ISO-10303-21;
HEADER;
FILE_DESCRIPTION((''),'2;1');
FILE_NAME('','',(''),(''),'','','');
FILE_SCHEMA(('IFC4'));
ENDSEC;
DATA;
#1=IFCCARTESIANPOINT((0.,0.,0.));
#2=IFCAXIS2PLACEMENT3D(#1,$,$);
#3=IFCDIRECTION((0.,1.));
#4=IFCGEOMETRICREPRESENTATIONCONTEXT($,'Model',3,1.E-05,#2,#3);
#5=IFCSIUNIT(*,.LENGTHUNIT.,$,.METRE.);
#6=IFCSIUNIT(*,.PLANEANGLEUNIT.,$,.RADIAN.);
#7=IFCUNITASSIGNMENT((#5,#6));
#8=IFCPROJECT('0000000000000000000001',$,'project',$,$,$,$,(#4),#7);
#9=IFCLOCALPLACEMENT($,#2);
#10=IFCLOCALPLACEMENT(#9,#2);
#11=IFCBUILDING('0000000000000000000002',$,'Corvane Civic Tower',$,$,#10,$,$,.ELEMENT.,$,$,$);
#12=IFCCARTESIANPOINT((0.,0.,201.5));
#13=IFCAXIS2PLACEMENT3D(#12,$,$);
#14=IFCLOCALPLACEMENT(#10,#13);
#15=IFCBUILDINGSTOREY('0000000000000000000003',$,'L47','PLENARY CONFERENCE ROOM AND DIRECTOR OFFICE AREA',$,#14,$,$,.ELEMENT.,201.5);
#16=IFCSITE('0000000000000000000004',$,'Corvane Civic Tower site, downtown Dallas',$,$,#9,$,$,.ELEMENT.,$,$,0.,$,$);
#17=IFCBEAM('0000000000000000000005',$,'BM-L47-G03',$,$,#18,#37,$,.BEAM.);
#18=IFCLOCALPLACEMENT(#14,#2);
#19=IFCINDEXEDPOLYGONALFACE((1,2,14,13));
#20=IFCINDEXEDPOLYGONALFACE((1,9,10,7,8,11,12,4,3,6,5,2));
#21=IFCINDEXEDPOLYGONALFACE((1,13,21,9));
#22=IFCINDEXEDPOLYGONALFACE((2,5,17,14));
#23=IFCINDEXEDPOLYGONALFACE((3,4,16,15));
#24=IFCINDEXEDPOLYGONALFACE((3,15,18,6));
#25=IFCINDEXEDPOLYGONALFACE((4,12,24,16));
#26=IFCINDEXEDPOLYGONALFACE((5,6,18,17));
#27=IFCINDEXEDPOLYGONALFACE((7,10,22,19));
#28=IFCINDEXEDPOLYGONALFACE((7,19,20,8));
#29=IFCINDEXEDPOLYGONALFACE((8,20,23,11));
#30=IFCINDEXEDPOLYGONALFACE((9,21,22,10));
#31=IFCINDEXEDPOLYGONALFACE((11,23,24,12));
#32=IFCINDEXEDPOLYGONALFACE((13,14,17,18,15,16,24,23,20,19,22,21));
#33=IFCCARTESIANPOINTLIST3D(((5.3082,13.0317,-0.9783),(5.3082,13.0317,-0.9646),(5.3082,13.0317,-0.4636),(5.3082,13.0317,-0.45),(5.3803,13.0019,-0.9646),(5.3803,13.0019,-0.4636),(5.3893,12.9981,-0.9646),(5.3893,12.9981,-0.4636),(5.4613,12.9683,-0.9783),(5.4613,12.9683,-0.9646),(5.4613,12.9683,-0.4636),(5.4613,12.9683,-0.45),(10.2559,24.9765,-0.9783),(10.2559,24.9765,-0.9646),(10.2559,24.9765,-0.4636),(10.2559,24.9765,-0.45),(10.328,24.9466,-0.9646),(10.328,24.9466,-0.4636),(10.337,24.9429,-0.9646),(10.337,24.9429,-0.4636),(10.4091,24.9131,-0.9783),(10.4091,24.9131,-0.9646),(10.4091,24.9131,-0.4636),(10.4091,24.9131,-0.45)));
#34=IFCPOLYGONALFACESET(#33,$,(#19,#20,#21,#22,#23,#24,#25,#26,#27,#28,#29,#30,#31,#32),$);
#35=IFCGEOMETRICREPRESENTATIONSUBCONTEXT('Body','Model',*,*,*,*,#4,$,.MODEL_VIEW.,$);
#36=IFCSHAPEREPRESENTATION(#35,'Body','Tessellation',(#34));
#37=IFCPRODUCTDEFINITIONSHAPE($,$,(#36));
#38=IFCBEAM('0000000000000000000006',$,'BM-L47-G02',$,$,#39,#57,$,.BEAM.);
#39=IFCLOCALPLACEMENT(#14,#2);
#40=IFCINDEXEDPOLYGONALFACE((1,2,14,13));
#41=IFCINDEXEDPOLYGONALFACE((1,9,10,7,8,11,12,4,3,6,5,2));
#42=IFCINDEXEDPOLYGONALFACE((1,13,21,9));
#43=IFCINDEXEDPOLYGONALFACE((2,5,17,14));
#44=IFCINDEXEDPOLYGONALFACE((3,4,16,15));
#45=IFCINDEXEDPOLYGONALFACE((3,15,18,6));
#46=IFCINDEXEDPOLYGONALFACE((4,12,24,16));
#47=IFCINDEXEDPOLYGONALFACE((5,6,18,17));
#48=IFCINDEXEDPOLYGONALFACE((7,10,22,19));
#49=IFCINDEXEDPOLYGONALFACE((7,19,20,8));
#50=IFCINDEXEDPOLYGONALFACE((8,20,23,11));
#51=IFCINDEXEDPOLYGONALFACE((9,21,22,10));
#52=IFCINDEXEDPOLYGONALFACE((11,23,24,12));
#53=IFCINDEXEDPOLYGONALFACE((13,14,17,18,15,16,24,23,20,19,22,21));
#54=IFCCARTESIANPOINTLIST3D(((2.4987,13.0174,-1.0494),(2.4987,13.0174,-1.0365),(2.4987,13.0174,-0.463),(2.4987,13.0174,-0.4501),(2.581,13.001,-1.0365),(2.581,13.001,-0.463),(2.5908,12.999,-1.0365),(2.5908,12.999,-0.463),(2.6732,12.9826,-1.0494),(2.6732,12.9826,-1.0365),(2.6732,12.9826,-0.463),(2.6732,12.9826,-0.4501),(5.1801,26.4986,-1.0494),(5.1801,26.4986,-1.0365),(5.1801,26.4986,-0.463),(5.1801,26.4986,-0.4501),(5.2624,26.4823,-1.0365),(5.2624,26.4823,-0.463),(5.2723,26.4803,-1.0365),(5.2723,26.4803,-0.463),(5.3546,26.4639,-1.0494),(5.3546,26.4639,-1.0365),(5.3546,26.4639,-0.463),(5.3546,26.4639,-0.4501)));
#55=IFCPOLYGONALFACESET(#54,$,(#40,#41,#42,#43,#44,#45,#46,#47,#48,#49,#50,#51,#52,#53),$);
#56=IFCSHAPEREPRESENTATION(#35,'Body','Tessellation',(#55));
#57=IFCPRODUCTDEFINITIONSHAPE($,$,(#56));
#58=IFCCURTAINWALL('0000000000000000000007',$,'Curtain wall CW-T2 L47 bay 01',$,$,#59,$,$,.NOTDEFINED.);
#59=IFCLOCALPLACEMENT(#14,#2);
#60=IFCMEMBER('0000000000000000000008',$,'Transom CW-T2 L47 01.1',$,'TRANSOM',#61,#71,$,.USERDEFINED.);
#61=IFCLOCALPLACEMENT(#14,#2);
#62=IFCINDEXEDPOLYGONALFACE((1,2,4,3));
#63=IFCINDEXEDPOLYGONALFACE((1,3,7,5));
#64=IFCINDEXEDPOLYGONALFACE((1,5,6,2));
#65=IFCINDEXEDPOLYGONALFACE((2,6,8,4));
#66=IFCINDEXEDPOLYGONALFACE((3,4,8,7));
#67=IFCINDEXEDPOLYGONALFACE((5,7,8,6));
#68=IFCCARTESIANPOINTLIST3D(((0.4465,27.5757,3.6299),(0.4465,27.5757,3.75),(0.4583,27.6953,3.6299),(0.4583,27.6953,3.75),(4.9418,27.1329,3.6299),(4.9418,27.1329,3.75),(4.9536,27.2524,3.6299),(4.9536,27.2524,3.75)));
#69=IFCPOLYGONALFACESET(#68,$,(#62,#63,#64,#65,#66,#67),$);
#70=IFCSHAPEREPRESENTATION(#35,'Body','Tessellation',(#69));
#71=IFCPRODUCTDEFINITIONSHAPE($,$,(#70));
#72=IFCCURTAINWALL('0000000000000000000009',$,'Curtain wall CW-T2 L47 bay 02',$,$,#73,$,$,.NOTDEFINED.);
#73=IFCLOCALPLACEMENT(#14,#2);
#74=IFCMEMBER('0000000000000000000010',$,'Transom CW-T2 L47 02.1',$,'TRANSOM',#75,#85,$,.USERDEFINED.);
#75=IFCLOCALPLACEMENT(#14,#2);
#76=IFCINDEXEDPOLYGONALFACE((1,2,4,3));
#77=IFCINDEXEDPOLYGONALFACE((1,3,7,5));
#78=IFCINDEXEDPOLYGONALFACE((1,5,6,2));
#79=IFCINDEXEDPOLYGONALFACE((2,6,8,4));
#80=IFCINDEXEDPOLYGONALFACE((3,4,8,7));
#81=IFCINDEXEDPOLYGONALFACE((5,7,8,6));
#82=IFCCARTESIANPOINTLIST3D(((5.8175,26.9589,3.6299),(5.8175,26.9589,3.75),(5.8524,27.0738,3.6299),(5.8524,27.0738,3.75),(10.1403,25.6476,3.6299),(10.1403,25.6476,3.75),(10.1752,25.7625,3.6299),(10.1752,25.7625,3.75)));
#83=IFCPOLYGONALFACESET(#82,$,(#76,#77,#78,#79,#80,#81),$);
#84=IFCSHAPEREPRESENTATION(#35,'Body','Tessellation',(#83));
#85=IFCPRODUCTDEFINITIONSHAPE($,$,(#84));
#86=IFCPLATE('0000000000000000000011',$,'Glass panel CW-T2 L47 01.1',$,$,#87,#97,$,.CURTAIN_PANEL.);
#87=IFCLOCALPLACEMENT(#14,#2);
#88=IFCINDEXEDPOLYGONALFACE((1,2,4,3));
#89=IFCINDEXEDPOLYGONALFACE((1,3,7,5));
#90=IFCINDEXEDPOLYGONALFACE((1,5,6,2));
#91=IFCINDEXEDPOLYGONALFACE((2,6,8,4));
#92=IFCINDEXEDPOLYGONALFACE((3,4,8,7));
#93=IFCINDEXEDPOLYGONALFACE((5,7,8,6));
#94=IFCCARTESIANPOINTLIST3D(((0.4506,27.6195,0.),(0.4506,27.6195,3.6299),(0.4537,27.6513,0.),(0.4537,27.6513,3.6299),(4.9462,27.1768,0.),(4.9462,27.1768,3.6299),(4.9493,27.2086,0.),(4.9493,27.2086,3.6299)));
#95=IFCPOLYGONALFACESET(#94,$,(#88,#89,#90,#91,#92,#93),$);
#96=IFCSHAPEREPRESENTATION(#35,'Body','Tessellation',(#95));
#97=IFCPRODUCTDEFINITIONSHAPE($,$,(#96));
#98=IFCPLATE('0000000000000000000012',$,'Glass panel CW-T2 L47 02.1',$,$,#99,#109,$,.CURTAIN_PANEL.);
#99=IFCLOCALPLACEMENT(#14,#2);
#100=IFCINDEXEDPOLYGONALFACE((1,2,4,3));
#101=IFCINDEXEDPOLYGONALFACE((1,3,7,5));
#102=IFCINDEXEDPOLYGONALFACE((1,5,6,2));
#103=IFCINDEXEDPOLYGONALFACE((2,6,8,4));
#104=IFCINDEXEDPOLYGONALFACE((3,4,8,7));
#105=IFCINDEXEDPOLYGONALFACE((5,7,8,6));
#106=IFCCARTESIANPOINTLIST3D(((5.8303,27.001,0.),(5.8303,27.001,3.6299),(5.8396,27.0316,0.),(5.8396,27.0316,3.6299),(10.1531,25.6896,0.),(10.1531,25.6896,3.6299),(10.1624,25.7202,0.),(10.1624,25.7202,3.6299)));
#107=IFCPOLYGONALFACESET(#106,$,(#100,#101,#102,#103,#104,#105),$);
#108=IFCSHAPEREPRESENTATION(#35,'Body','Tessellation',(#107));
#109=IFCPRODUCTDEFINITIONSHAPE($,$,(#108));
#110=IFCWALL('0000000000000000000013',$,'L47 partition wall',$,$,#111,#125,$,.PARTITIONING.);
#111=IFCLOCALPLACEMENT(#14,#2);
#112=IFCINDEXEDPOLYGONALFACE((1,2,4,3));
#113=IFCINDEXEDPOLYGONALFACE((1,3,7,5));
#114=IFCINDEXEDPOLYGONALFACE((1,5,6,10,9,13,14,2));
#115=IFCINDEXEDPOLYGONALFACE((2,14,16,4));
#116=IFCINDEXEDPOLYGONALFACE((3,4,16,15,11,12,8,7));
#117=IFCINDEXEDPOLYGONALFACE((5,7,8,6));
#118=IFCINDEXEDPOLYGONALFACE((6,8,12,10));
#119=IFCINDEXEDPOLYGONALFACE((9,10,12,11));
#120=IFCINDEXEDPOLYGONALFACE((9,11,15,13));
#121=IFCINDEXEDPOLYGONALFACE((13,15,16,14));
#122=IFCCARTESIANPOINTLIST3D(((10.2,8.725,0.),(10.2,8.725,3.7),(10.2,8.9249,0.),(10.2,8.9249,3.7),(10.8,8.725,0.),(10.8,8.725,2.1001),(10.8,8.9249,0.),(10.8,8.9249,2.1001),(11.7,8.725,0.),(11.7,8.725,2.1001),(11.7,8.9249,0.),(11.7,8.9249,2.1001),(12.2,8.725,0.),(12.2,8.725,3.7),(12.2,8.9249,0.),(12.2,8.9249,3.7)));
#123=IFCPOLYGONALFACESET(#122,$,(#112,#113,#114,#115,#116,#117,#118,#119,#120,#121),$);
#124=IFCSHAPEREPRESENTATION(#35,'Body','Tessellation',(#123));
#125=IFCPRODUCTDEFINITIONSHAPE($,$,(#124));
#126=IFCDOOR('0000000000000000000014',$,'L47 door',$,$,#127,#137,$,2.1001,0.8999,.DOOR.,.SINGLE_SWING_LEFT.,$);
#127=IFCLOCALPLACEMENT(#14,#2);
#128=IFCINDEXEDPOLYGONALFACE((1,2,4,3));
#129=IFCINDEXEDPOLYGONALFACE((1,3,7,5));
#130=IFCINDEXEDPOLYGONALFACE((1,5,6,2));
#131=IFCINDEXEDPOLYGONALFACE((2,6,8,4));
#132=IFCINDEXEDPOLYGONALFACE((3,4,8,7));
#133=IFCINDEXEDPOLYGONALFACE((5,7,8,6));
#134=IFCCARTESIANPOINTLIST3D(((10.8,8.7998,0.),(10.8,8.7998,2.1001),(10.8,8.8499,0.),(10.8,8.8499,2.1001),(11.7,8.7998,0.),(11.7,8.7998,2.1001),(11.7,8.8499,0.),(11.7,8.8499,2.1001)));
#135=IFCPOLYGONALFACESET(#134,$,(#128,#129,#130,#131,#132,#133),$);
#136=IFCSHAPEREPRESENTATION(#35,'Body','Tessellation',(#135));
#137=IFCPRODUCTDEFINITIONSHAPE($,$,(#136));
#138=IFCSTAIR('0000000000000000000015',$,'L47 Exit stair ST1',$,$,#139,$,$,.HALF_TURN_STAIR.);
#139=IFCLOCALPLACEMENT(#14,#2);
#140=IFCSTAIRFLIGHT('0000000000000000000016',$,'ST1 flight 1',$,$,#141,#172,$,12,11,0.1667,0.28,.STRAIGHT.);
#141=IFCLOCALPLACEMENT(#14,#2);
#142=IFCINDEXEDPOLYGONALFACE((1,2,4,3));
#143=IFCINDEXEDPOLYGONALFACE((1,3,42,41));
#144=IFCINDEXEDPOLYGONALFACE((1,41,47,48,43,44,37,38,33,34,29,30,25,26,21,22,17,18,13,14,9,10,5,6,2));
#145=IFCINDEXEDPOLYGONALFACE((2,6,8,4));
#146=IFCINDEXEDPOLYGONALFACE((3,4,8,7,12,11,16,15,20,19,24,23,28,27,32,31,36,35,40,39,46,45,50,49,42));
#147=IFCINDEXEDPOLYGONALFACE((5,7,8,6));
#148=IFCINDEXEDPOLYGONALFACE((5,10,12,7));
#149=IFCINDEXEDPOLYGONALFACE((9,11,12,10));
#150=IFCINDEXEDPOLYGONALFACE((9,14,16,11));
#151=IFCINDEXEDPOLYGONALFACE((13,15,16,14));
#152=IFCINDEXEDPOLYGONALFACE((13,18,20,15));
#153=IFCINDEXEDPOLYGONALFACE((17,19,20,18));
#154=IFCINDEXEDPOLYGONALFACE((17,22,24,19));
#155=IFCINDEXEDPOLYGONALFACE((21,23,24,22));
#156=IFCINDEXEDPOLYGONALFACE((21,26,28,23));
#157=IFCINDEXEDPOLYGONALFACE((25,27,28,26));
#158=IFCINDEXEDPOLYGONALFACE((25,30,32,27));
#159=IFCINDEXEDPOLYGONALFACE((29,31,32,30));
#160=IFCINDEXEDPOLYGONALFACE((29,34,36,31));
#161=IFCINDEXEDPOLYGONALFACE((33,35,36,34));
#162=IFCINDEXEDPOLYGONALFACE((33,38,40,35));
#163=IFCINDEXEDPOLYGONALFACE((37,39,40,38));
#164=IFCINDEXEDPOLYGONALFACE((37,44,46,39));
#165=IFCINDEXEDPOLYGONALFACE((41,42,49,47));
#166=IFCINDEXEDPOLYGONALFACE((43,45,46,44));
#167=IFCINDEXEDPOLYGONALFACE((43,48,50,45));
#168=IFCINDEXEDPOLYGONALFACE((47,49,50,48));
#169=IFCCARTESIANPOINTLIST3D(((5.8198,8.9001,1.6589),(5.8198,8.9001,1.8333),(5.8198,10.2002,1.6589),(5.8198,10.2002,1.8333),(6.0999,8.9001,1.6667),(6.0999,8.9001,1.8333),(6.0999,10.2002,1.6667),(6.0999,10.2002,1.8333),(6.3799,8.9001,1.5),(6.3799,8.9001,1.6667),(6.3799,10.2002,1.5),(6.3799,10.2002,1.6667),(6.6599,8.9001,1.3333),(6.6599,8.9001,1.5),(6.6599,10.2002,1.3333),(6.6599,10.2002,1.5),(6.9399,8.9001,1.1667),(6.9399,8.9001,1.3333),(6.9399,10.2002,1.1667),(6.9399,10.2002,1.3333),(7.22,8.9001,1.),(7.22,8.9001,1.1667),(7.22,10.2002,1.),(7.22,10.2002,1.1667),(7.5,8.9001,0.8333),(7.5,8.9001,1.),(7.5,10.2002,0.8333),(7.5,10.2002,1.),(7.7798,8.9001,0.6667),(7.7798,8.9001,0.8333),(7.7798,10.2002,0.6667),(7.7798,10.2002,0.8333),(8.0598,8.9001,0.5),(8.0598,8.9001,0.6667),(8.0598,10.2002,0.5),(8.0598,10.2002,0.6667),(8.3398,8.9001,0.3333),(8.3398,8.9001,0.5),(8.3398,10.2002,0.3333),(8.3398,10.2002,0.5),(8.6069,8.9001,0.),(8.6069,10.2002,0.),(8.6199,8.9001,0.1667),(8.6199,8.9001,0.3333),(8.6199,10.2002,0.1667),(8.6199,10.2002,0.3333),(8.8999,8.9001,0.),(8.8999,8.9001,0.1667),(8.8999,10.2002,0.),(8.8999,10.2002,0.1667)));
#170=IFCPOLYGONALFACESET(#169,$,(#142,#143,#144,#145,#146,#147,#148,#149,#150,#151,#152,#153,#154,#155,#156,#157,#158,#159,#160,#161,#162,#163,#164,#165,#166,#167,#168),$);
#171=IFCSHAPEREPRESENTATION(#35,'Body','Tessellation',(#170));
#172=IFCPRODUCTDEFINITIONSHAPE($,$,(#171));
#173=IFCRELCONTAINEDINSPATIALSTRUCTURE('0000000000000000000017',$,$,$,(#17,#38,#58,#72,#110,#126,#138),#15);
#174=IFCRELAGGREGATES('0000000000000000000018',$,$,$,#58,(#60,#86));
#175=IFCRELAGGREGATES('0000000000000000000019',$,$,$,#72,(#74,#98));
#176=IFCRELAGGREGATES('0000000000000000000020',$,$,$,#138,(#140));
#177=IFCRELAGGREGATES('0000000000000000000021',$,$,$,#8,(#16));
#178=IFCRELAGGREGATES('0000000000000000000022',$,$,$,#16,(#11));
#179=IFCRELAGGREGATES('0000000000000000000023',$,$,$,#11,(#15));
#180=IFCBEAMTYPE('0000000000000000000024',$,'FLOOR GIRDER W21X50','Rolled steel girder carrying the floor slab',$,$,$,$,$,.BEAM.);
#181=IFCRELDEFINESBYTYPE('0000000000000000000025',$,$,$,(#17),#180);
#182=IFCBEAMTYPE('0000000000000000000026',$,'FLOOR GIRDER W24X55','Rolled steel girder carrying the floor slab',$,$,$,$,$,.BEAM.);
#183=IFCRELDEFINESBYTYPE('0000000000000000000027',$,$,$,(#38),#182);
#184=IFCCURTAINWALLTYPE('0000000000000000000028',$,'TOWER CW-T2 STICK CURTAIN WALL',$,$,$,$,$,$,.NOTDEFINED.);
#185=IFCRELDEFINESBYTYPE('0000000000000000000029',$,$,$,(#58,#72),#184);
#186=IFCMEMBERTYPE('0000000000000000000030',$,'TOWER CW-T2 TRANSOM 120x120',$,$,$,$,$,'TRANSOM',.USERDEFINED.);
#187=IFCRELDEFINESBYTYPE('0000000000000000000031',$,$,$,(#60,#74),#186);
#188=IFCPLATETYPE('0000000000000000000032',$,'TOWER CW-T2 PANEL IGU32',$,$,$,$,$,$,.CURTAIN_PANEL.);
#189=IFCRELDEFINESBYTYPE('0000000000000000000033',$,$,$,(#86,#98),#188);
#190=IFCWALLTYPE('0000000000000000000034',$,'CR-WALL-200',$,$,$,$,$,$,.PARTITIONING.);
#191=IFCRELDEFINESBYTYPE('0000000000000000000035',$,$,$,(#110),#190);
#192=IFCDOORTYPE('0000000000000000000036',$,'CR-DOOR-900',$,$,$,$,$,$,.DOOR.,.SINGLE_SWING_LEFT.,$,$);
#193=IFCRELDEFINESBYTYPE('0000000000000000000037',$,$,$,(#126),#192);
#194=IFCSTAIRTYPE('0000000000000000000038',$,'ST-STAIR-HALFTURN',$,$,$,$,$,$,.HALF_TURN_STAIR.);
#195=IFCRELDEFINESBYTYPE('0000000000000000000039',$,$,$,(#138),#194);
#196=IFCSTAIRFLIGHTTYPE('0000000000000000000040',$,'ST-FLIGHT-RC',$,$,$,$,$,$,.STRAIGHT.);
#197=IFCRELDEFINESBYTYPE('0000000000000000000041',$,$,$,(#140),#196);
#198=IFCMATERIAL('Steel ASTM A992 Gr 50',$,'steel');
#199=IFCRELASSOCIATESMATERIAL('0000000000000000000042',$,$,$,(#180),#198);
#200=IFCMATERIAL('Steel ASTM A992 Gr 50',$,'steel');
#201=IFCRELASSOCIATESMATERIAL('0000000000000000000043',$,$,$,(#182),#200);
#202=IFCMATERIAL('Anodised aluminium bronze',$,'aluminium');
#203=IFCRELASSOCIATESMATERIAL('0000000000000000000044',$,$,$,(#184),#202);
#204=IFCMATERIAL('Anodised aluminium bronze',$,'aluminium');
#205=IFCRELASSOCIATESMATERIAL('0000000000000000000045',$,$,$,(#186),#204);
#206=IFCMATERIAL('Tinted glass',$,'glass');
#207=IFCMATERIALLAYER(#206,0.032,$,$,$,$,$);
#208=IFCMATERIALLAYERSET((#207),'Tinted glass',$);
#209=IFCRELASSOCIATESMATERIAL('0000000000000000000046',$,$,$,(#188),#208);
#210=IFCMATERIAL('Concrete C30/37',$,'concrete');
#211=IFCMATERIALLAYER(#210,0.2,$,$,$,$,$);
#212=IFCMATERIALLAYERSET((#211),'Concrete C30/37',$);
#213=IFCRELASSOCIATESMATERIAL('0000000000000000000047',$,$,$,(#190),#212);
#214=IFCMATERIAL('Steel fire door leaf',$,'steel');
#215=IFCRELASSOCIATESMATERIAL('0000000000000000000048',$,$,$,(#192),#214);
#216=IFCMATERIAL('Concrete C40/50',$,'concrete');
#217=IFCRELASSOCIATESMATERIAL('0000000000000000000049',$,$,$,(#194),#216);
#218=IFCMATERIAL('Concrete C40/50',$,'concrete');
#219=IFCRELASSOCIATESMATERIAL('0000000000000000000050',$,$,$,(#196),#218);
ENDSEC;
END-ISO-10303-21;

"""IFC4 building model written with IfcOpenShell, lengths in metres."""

from ifc_helpers import new_model, si_unit, direction, frame, frame_2d, origin, origin_2d, place, context, subcontext, project, spatial, polyline, rectangle, i_section, outline, extrude, material, layer, layer_set, material_profile, profile_set, type_object, element, fill, aggregate, save


model = new_model("IFC4")

# Units and contexts
model_context = context("Model", 3, precision=1e-05, world=origin(), true_north=direction((0.0, 1.0)))
body_context = subcontext(model_context, "Body", "Model", "MODEL_VIEW")
ifc_project = project(units=[si_unit("LENGTHUNIT", "METRE"), si_unit("PLANEANGLEUNIT", "RADIAN")], contexts=[model_context])

# Site, building, storey
site_placement = place(None, origin())
site = spatial("IfcSite", under=ifc_project, at=site_placement, Name="Corvane Civic Tower site, downtown Dallas", CompositionType="ELEMENT", RefElevation=0.0)
building_placement = place(site_placement, origin())
building = spatial("IfcBuilding", under=site, at=building_placement, Name="Corvane Civic Tower", CompositionType="ELEMENT")
storey_placement = place(building_placement, frame((0.0, 0.0, 201.5)))
storey = spatial("IfcBuildingStorey", under=building, at=storey_placement, Name="L47", Description="PLENARY CONFERENCE ROOM AND DIRECTOR OFFICE AREA", CompositionType="ELEMENT", Elevation=201.5)

# Beams
ifc_material_1 = material(Name="Steel ASTM A992 Gr 50", Category="steel")
ifc_material_profile_1 = material_profile(ifc_material_1, i_section(OverallWidth=0.1658, OverallDepth=0.5283, WebThickness=0.0098, FlangeThickness=0.0137, at=origin_2d()), Name="W21X50")
ifc_profile_set_1 = profile_set([ifc_material_profile_1], Name="Steel ASTM A992 Gr 50")
beam_type_1 = type_object("IfcBeamType", Name="FLOOR GIRDER W21X50", Description="Rolled steel girder carrying the floor slab", PredefinedType="BEAM", material=ifc_profile_set_1)
beam_1_placement = place(storey_placement, frame((5.3848, 13.0, -0.7141), z_axis=(0.382686, 0.923878, 0.0), x_axis=(-0.923878, 0.382686, 0.0)))
element("IfcBeam", 1, at=beam_1_placement, inside=storey, type_object=beam_type_1, Name="BM-L47-G03", PredefinedType="BEAM", context=body_context, shape_type="SweptSolid", body=[
    extrude(i_section(OverallWidth=0.1658, OverallDepth=0.5283, WebThickness=0.0098, FlangeThickness=0.0137, at=origin_2d()), origin(), (0.0, 0.0, 1.0), 12.929),
])
ifc_material_2 = material(Name="Steel ASTM A992 Gr 50", Category="steel")
ifc_material_profile_2 = material_profile(ifc_material_2, i_section(OverallWidth=0.178, OverallDepth=0.5994, WebThickness=0.01, FlangeThickness=0.0129, at=origin_2d()), Name="W24X55")
ifc_profile_set_2 = profile_set([ifc_material_profile_2], Name="Steel ASTM A992 Gr 50")
beam_type_2 = type_object("IfcBeamType", Name="FLOOR GIRDER W24X55", Description="Rolled steel girder carrying the floor slab", PredefinedType="BEAM", material=ifc_profile_set_2)
beam_2_placement = place(storey_placement, frame((2.5859, 13.0, -0.7498), z_axis=(0.195078, 0.980788, 0.0), x_axis=(-0.980788, 0.195078, 0.0)))
element("IfcBeam", 2, at=beam_2_placement, inside=storey, type_object=beam_type_2, Name="BM-L47-G02", PredefinedType="BEAM", context=body_context, shape_type="SweptSolid", body=[
    extrude(i_section(OverallWidth=0.178, OverallDepth=0.5994, WebThickness=0.01, FlangeThickness=0.0129, at=origin_2d()), origin(), (0.0, 0.0, 1.0), 13.7454),
])

# Curtain walls, members
ifc_material_3 = material(Name="Anodised aluminium bronze", Category="aluminium")
curtain_wall_type = type_object("IfcCurtainWallType", Name="TOWER CW-T2 STICK CURTAIN WALL", PredefinedType="NOTDEFINED", material=ifc_material_3)
curtain_wall_1_placement = place(storey_placement, origin())
curtain_wall_1 = element("IfcCurtainWall", 3, at=curtain_wall_1_placement, inside=storey, type_object=curtain_wall_type, Name="Curtain wall CW-T2 L47 bay 01", PredefinedType="NOTDEFINED")
ifc_material_4 = material(Name="Anodised aluminium bronze", Category="aluminium")
ifc_material_profile_3 = material_profile(ifc_material_4, rectangle(XDim=0.1201, YDim=0.1201, at=origin_2d()), Name="TOWER CW-T2 TRANSOM 120x120")
ifc_profile_set_3 = profile_set([ifc_material_profile_3], Name="Anodised aluminium bronze")
member_type = type_object("IfcMemberType", Name="TOWER CW-T2 TRANSOM 120x120", ElementType="TRANSOM", PredefinedType="USERDEFINED", material=ifc_profile_set_3)
member_1_placement = place(storey_placement, frame((0.4524, 27.6355, 3.6899), z_axis=(0.995182, -0.098043, 0.0), x_axis=(0.098043, 0.995182, 0.0)))
member_1 = element("IfcMember", 4, at=member_1_placement, type_object=member_type, Name="Transom CW-T2 L47 01.1", ObjectType="TRANSOM", PredefinedType="USERDEFINED", context=body_context, shape_type="SweptSolid", body=[
    extrude(rectangle(XDim=0.1201, YDim=0.1201, at=origin_2d()), origin(), (0.0, 0.0, 1.0), 4.5171),
])
curtain_wall_2_placement = place(storey_placement, origin())
curtain_wall_2 = element("IfcCurtainWall", 5, at=curtain_wall_2_placement, inside=storey, type_object=curtain_wall_type, Name="Curtain wall CW-T2 L47 bay 02", PredefinedType="NOTDEFINED")
member_2_placement = place(storey_placement, frame((5.835, 27.0164, 3.6899), z_axis=(0.956941, -0.290282, 0.0), x_axis=(0.290282, 0.956941, 0.0)))
member_2 = element("IfcMember", 6, at=member_2_placement, type_object=member_type, Name="Transom CW-T2 L47 02.1", ObjectType="TRANSOM", PredefinedType="USERDEFINED", context=body_context, shape_type="SweptSolid", body=[
    extrude(rectangle(XDim=0.1201, YDim=0.1201, at=origin_2d()), origin(), (0.0, 0.0, 1.0), 4.5173),
])

# Plates
ifc_material_5 = material(Name="Tinted glass", Category="glass")
ifc_layer_1 = layer(ifc_material_5, 0.032)
ifc_layer_set_1 = layer_set([ifc_layer_1], Name="Tinted glass")
plate_type = type_object("IfcPlateType", Name="TOWER CW-T2 PANEL IGU32", PredefinedType="CURTAIN_PANEL", material=ifc_layer_set_1)
plate_1_placement = place(storey_placement, frame((2.7, 27.4141, 0.0), z_axis=(0.0, 0.0, 1.0), x_axis=(0.995187, -0.097993, 0.0)))
plate_1 = element("IfcPlate", 7, at=plate_1_placement, type_object=plate_type, Name="Glass panel CW-T2 L47 01.1", PredefinedType="CURTAIN_PANEL", context=body_context, shape_type="SweptSolid", body=[
    extrude(rectangle(XDim=4.5173, YDim=0.032, at=origin_2d()), origin(), (0.0, 0.0, 1.0), 3.6299),
])
aggregate(curtain_wall_1, [member_1, plate_1])
plate_2_placement = place(storey_placement, frame((7.9963, 26.3606, 0.0), z_axis=(0.0, 0.0, 1.0), x_axis=(0.956939, -0.29029, 0.0)))
plate_2 = element("IfcPlate", 8, at=plate_2_placement, type_object=plate_type, Name="Glass panel CW-T2 L47 02.1", PredefinedType="CURTAIN_PANEL", context=body_context, shape_type="SweptSolid", body=[
    extrude(rectangle(XDim=4.5173, YDim=0.032, at=origin_2d()), origin(), (0.0, 0.0, 1.0), 3.6299),
])
aggregate(curtain_wall_2, [member_2, plate_2])

# Wall, opening, door
ifc_material_6 = material(Name="Concrete C30/37", Category="concrete")
ifc_layer_2 = layer(ifc_material_6, 0.2)
ifc_layer_set_2 = layer_set([ifc_layer_2], Name="Concrete C30/37")
wall_type = type_object("IfcWallType", Name="CR-WALL-200", PredefinedType="PARTITIONING", material=ifc_layer_set_2)
wall_placement = place(storey_placement, frame((10.2, 8.825, 0.0), z_axis=(0.0, 0.0, 1.0), x_axis=(1.0, 0.0, 0.0)))
wall = element("IfcWall", 9, at=wall_placement, inside=storey, type_object=wall_type, Name="L47 partition wall", PredefinedType="PARTITIONING", context=body_context, shape_type="SweptSolid", body=[
    extrude(rectangle(XDim=2.0, YDim=0.2, at=frame_2d((1.0, 0.0))), origin(), (0.0, 0.0, 1.0), 3.7),
])
opening_placement = place(wall_placement, frame((0.6001, 0.0, 0.0)))
opening = element("IfcOpeningElement", 10, at=opening_placement, cuts=wall, PredefinedType="OPENING", context=body_context, shape_type="SweptSolid", body=[
    extrude(rectangle(XDim=0.8999, YDim=2.1001, at=frame_2d((0.45, 1.05))), frame((0.0, 0.1099, 0.0), z_axis=(0.0, -1.0, 0.0), x_axis=(1.0, 0.0, 0.0)), (0.0, 0.0, 1.0), 0.22),
])
ifc_material_7 = material(Name="Steel fire door leaf", Category="steel")
door_type = type_object("IfcDoorType", Name="CR-DOOR-900", OperationType="SINGLE_SWING_LEFT", PredefinedType="DOOR", material=ifc_material_7)
door_placement = place(opening_placement, origin())
door = element("IfcDoor", 11, at=door_placement, inside=storey, type_object=door_type, Name="L47 door", OperationType="SINGLE_SWING_LEFT", OverallHeight=2.1001, OverallWidth=0.8999, PredefinedType="DOOR", context=body_context, shape_type="SweptSolid", body=[
    extrude(rectangle(XDim=0.8999, YDim=2.1001, at=frame_2d((0.45, 1.05))), frame((0.0, 0.0249, 0.0), z_axis=(0.0, -1.0, 0.0), x_axis=(1.0, 0.0, 0.0)), (0.0, 0.0, 1.0), 0.05),
])
fill(opening, door)

# Stair, stair flight
ifc_material_8 = material(Name="Concrete C40/50", Category="concrete")
stair_type = type_object("IfcStairType", Name="ST-STAIR-HALFTURN", PredefinedType="HALF_TURN_STAIR", material=ifc_material_8)
stair_placement = place(storey_placement, origin())
stair = element("IfcStair", 12, at=stair_placement, inside=storey, type_object=stair_type, Name="L47 Exit stair ST1", PredefinedType="HALF_TURN_STAIR")
ifc_material_9 = material(Name="Concrete C40/50", Category="concrete")
stair_flight_type = type_object("IfcStairFlightType", Name="ST-FLIGHT-RC", PredefinedType="STRAIGHT", material=ifc_material_9)
stair_flight_1_placement = place(storey_placement, frame((8.8999, 9.55, 0.0), z_axis=(0.0, 0.0, 1.0), x_axis=(-1.0, 0.0, 0.0)))
stair_flight_1 = element("IfcStairFlight", 13, at=stair_flight_1_placement, type_object=stair_flight_type, Name="ST1 flight 1", NumberOfRisers=12, NumberOfTreads=11, PredefinedType="STRAIGHT", RiserHeight=0.1667, TreadLength=0.28, context=body_context, shape_type="SweptSolid", body=[
    extrude(outline(polyline([(0.0, 0.0), (0.0, 0.1667), (0.28, 0.1667), (0.28, 0.3333), (0.5601, 0.3333), (0.5601, 0.5), (0.8401, 0.5), (0.8401, 0.6667), (1.1201, 0.6667), (1.1201, 0.8333), (1.3999, 0.8333), (1.3999, 1.0), (1.6799, 1.0), (1.6799, 1.1667), (1.96, 1.1667), (1.96, 1.3333), (2.24, 1.3333), (2.24, 1.5), (2.52, 1.5), (2.52, 1.6667), (2.8, 1.6667), (2.8, 1.8333), (3.0801, 1.8333), (3.0801, 2.0), (3.0801, 1.6589), (0.293, 0.0), (0.0, 0.0)])), frame((0.0, 0.6499, 0.0), z_axis=(0.0, -1.0, 0.0), x_axis=(1.0, 0.0, 0.0)), (0.0, 0.0, 1.0), 1.3),
])
aggregate(stair, [stair_flight_1])

save(model, "model.ifc")
